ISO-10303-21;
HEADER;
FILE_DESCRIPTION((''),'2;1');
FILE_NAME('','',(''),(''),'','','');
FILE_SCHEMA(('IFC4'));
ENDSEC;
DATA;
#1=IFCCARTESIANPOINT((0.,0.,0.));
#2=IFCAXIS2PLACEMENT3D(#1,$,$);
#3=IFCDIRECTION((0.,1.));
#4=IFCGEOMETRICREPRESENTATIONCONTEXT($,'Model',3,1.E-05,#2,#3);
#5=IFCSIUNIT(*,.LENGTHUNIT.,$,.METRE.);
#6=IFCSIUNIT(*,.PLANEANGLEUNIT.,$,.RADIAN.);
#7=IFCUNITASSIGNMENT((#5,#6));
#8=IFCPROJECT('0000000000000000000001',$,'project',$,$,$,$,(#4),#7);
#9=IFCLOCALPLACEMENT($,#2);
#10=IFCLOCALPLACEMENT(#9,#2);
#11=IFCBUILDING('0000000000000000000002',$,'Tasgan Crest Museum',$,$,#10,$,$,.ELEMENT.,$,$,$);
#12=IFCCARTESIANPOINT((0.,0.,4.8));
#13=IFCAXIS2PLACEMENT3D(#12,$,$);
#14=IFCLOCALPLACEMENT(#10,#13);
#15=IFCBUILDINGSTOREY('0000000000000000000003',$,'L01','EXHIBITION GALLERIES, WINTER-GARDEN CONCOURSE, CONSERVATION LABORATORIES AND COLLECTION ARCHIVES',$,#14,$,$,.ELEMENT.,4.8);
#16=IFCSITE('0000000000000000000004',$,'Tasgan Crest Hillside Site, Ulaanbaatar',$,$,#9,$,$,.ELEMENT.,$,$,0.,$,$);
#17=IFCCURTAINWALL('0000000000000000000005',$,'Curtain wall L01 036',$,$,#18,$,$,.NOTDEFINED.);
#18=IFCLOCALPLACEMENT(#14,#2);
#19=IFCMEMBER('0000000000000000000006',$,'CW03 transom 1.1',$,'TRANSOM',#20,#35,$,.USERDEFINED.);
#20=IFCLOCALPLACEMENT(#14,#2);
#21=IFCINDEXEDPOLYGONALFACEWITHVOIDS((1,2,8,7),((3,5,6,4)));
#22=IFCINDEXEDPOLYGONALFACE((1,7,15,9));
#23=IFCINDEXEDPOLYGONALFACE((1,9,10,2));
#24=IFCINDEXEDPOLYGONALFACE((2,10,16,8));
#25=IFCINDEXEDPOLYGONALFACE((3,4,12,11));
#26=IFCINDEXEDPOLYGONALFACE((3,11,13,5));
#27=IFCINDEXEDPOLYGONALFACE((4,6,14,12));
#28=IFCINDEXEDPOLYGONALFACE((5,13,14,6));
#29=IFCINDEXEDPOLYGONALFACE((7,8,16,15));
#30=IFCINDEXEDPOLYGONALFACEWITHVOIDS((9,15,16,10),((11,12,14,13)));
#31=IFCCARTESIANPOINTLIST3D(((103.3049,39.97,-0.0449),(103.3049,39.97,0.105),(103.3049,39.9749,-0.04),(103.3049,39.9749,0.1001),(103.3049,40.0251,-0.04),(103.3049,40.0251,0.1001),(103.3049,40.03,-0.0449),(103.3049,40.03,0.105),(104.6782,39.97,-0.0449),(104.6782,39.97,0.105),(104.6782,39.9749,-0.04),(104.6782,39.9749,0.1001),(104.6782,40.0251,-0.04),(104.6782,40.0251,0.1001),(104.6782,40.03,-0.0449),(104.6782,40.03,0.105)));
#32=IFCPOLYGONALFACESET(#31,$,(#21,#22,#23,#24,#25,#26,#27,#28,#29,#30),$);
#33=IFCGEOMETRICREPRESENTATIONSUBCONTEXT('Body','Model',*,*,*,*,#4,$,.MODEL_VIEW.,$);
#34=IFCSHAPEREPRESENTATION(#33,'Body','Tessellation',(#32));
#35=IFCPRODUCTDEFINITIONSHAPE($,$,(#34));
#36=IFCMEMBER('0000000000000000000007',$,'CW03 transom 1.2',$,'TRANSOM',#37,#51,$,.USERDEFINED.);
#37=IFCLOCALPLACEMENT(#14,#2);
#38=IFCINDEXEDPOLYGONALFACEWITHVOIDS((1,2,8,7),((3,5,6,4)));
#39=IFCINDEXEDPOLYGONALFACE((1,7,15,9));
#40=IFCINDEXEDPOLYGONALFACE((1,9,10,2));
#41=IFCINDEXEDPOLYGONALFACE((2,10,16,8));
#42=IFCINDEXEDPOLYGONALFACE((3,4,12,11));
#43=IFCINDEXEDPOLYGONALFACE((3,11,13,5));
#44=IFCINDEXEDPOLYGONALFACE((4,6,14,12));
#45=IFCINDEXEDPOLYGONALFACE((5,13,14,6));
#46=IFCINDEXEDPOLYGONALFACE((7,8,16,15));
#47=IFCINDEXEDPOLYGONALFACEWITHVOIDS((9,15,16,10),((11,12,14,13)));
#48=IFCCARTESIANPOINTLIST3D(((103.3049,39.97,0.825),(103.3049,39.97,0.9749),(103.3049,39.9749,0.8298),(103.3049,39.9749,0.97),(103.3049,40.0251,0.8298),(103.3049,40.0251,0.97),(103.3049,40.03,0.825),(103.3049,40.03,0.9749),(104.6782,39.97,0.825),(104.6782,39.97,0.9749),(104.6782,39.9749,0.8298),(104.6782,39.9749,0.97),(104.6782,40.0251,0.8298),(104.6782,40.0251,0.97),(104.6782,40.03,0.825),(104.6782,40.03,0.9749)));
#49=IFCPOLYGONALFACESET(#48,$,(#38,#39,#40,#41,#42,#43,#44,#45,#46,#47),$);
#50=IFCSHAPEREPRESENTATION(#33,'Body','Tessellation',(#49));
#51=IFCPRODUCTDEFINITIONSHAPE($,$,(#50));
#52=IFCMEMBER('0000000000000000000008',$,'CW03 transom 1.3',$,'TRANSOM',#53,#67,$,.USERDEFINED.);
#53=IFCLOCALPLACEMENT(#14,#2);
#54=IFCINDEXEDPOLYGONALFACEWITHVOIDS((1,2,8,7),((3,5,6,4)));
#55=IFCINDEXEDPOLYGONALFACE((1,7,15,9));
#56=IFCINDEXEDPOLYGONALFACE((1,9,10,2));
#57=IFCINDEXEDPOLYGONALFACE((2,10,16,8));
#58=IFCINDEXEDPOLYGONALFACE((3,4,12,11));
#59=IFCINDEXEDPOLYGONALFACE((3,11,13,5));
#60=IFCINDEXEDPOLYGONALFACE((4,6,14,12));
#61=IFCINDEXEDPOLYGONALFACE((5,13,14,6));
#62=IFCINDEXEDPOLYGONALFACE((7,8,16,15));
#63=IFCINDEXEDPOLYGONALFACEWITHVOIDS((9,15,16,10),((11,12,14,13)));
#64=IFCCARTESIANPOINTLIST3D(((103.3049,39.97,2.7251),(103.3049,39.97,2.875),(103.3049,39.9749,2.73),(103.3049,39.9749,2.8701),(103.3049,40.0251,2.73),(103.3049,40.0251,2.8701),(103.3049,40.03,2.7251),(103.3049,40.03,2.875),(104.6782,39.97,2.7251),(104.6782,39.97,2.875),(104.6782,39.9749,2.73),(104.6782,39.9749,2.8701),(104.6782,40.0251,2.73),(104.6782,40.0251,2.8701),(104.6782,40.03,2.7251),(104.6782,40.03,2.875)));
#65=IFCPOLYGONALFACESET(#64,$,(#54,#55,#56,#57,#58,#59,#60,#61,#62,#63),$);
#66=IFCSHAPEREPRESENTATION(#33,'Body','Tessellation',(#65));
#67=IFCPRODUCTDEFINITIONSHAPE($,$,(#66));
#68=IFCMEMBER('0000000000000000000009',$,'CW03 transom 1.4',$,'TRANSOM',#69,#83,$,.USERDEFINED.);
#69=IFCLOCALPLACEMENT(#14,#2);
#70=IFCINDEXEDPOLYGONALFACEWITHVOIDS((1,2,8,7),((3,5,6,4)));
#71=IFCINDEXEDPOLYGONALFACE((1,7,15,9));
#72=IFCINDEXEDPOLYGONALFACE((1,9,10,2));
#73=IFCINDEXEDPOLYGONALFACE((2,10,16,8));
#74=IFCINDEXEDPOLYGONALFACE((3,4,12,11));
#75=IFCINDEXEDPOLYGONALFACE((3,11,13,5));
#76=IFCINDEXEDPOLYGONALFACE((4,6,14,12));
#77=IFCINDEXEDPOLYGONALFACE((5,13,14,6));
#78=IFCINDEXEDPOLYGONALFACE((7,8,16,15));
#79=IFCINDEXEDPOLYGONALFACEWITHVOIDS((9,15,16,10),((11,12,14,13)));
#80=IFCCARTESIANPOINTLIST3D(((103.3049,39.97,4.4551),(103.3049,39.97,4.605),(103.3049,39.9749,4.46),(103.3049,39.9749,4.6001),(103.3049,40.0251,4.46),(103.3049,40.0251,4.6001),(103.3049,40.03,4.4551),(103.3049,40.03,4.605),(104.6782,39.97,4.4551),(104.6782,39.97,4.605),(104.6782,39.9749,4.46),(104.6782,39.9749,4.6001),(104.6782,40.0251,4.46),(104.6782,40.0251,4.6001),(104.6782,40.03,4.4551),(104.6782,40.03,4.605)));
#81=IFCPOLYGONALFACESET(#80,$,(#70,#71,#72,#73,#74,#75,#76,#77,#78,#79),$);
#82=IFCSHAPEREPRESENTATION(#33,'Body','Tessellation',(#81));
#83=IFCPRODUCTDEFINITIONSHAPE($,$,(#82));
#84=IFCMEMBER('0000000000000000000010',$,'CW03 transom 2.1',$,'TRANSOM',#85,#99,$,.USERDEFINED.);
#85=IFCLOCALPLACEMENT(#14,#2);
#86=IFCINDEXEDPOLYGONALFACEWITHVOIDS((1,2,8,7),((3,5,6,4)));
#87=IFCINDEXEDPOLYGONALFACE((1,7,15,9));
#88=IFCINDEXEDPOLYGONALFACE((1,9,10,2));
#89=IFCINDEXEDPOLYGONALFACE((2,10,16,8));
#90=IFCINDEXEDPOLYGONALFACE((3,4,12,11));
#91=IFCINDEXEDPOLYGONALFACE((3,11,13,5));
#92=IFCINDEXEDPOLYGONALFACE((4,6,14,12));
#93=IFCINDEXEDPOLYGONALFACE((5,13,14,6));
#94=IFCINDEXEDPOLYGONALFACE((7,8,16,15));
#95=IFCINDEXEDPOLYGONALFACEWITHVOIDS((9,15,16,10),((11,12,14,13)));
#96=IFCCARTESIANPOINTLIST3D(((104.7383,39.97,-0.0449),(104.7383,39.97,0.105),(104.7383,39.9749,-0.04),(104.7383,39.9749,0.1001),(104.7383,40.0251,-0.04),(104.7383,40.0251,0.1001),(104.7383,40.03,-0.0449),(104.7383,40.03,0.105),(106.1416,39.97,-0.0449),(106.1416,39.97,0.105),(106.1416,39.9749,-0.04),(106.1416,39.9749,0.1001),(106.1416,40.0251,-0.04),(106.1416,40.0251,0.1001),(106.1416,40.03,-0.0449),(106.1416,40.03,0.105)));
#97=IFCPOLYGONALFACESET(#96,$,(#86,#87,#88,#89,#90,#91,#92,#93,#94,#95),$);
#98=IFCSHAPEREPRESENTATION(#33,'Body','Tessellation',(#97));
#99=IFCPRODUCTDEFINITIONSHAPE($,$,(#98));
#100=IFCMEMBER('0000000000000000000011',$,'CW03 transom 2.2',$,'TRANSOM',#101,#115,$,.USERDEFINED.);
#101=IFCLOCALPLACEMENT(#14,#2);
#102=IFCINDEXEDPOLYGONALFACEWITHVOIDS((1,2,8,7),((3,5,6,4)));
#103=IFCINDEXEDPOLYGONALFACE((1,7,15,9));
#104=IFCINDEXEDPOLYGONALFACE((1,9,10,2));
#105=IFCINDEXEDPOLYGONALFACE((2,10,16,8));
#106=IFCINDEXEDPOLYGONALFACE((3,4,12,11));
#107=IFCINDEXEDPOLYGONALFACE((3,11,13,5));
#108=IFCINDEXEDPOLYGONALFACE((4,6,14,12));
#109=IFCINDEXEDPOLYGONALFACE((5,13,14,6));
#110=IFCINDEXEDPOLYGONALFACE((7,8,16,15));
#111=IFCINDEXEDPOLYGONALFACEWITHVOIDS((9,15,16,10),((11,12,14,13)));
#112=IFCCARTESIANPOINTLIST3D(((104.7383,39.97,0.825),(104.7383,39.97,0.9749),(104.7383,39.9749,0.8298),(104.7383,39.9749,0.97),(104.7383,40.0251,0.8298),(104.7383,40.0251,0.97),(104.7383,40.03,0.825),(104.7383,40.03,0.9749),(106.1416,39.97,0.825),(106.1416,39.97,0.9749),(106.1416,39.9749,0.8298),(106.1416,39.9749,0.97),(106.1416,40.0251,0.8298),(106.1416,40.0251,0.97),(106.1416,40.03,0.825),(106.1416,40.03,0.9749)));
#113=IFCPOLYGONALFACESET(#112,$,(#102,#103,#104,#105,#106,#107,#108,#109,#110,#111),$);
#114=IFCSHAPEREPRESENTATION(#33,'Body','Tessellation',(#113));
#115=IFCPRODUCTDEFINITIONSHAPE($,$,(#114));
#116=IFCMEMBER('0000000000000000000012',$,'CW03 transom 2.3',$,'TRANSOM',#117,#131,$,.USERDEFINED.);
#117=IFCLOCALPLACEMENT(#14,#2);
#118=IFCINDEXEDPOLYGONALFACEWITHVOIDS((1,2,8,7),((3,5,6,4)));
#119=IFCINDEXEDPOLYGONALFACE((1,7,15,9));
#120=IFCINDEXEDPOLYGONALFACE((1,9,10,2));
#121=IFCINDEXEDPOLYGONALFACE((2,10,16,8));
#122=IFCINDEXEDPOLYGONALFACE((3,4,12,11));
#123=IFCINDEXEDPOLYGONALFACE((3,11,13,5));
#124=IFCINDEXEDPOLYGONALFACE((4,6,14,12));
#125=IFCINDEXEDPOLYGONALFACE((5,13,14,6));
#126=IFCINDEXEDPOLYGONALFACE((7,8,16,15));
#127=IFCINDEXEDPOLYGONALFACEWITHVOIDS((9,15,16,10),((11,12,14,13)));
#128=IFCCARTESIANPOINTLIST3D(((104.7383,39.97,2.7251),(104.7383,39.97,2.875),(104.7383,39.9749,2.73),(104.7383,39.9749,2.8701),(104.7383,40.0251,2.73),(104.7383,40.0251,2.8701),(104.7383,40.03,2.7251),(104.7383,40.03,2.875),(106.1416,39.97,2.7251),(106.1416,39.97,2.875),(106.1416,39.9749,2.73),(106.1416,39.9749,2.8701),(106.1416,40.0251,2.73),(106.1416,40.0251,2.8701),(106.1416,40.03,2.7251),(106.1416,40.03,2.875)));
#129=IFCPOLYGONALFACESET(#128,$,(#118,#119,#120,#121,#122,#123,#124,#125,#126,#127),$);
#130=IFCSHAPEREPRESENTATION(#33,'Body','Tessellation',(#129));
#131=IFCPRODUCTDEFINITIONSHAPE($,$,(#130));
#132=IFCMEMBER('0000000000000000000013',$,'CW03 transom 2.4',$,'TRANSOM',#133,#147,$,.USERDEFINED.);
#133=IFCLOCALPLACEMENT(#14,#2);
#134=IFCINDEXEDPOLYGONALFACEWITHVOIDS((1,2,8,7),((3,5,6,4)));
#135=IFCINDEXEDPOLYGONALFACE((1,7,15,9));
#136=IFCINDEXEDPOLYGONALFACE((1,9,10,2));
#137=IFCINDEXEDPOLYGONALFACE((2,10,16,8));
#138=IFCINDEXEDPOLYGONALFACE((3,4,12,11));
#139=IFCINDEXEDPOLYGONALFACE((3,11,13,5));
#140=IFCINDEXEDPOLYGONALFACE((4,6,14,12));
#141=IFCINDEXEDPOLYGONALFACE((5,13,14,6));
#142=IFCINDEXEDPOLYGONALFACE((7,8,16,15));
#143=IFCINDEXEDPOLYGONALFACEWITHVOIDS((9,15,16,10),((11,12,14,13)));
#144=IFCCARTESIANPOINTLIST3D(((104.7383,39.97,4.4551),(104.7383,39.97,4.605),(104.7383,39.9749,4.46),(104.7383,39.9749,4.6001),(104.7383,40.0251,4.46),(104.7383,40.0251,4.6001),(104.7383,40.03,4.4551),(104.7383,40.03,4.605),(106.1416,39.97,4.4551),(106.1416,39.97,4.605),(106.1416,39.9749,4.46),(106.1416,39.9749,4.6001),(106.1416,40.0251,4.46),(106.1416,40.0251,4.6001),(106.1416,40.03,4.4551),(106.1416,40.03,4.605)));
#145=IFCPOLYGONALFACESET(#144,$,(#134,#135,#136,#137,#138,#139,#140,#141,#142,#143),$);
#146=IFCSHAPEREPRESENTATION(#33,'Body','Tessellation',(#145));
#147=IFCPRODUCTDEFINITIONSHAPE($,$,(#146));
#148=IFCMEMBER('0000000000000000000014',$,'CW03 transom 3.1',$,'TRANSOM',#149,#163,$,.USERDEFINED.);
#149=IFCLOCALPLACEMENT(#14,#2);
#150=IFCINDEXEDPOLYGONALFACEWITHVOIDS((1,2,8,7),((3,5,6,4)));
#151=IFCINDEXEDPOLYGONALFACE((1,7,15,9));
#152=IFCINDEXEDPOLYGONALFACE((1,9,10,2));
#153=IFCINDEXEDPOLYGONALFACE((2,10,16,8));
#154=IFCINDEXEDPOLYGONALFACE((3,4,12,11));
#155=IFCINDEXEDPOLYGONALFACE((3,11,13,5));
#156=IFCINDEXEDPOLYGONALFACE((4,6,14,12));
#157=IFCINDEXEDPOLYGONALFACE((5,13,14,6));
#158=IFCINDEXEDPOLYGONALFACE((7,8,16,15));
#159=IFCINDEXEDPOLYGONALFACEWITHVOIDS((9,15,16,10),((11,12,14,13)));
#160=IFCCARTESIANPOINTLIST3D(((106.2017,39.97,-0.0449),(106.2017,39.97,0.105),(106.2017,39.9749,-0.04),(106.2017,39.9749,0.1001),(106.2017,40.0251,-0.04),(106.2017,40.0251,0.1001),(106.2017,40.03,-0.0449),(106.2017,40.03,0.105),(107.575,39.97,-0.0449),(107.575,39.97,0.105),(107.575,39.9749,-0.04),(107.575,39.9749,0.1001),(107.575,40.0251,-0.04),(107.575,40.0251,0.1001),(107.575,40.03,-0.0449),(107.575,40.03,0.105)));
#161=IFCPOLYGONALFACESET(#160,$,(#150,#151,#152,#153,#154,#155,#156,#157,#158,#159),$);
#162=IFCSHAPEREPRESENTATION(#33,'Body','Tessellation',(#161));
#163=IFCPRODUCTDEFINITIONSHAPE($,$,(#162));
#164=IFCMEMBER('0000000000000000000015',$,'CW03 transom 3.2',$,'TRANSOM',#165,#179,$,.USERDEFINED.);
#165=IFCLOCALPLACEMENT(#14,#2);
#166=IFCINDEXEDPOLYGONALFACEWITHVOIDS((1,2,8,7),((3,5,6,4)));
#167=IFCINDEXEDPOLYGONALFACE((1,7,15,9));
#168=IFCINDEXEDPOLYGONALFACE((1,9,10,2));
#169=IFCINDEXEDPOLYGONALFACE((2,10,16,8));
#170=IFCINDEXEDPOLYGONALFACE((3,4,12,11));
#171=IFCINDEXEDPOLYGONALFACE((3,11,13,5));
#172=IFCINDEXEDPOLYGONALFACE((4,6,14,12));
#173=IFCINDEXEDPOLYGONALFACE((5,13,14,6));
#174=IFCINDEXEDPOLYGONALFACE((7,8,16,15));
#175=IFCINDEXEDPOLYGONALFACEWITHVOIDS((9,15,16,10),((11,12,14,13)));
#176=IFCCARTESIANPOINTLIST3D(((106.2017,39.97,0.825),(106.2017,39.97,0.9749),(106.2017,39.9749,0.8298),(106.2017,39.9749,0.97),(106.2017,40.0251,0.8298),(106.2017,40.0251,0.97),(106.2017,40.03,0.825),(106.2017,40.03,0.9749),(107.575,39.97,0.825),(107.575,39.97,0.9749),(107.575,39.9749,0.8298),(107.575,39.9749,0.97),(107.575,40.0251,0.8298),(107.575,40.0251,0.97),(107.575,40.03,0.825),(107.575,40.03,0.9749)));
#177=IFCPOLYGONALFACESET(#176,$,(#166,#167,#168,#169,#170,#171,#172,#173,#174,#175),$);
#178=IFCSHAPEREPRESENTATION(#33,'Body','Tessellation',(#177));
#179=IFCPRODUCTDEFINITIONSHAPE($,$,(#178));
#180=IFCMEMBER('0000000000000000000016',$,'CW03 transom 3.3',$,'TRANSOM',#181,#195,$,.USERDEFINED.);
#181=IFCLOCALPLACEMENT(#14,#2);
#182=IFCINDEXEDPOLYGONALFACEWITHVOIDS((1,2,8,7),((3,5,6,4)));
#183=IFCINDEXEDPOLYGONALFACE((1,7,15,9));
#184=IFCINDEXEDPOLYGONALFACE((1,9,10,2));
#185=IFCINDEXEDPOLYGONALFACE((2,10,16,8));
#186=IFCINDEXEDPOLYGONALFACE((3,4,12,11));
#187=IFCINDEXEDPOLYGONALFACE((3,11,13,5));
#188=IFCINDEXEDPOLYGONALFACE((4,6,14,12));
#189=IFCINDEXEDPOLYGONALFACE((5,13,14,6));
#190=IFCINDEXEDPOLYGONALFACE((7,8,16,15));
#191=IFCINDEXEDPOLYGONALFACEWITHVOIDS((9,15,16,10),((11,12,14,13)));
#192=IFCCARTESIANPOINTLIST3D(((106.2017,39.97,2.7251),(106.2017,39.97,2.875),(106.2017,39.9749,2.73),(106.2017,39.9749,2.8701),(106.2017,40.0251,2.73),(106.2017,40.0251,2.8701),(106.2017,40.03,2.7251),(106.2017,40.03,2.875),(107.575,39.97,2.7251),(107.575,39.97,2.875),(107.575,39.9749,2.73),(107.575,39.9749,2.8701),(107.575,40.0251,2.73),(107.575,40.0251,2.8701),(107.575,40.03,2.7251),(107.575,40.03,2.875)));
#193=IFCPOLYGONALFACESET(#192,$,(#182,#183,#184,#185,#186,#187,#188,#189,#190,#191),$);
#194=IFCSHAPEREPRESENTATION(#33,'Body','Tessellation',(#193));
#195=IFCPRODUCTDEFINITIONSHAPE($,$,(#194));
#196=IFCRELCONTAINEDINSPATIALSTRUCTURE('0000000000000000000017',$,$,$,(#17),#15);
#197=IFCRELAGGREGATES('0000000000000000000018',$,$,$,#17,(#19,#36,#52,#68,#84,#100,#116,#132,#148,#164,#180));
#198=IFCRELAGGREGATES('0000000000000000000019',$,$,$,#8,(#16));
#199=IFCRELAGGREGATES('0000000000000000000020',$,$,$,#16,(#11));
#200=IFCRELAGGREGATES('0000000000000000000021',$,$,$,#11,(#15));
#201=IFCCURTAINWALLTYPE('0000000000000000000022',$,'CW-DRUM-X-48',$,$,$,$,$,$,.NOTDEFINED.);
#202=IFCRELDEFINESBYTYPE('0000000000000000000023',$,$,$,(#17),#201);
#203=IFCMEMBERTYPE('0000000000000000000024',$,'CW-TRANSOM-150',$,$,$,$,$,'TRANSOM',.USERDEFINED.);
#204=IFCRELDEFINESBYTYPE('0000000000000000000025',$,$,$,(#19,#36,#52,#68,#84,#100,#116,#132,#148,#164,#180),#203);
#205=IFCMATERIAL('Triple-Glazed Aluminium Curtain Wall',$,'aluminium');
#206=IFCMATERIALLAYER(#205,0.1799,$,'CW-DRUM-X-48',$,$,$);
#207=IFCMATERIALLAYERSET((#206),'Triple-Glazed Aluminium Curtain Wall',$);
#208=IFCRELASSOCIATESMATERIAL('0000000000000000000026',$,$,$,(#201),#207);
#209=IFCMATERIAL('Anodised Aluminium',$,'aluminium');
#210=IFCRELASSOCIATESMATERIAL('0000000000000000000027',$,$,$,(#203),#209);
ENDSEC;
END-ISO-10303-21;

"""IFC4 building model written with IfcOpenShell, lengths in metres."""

from ifc_helpers import new_model, si_unit, direction, frame, origin, origin_2d, place, context, subcontext, project, spatial, hollow_rectangle, extrude, material, layer, layer_set, material_profile, profile_set, type_object, element, aggregate, save


model = new_model("IFC4")

# Units and contexts
model_context = context("Model", 3, precision=1e-05, world=origin(), true_north=direction((0.0, 1.0)))
body_context = subcontext(model_context, "Body", "Model", "MODEL_VIEW")
ifc_project = project(units=[si_unit("LENGTHUNIT", "METRE"), si_unit("PLANEANGLEUNIT", "RADIAN")], contexts=[model_context])

# Site, building, storey
site_placement = place(None, origin())
site = spatial("IfcSite", under=ifc_project, at=site_placement, Name="Tasgan Crest Hillside Site, Ulaanbaatar", CompositionType="ELEMENT", RefElevation=0.0)
building_placement = place(site_placement, origin())
building = spatial("IfcBuilding", under=site, at=building_placement, Name="Tasgan Crest Museum", CompositionType="ELEMENT")
storey_placement = place(building_placement, frame((0.0, 0.0, 4.8)))
storey = spatial("IfcBuildingStorey", under=building, at=storey_placement, Name="L01", Description="EXHIBITION GALLERIES, WINTER-GARDEN CONCOURSE, CONSERVATION LABORATORIES AND COLLECTION ARCHIVES", CompositionType="ELEMENT", Elevation=4.8)

# Shared definitions
ifc_material_1 = material(Name="Triple-Glazed Aluminium Curtain Wall", Category="aluminium")
ifc_layer_1 = layer(ifc_material_1, 0.1799, Name="CW-DRUM-X-48")
ifc_layer_set_1 = layer_set([ifc_layer_1], Name="Triple-Glazed Aluminium Curtain Wall")
curtain_wall_type = type_object("IfcCurtainWallType", Name="CW-DRUM-X-48", PredefinedType="NOTDEFINED", material=ifc_layer_set_1)

# Curtain wall, members
curtain_wall_1_placement = place(storey_placement, origin())
curtain_wall_1 = element("IfcCurtainWall", 1, at=curtain_wall_1_placement, inside=storey, type_object=curtain_wall_type, Name="Curtain wall L01 036", PredefinedType="NOTDEFINED")
ifc_material_2 = material(Name="Anodised Aluminium", Category="aluminium")
ifc_material_profile_1 = material_profile(ifc_material_2, hollow_rectangle(XDim=0.0601, YDim=0.1499, WallThickness=0.0049, at=origin_2d()), Name="ALU TRANSOM 150x60x5")
ifc_profile_set_1 = profile_set([ifc_material_profile_1], Name="Anodised Aluminium")
member_type_1 = type_object("IfcMemberType", Name="CW-TRANSOM-150", ElementType="TRANSOM", PredefinedType="USERDEFINED", material=ifc_profile_set_1)
member_1_placement = place(storey_placement, frame((103.3049, 40.0, 0.03), z_axis=(1.0, 0.0, 0.0), x_axis=(0.0, 1.0, 0.0)))
member_1 = element("IfcMember", 2, at=member_1_placement, type_object=member_type_1, Name="CW03 transom 1.1", ObjectType="TRANSOM", PredefinedType="USERDEFINED", context=body_context, shape_type="SweptSolid", body=[
    extrude(hollow_rectangle(XDim=0.0601, YDim=0.1499, WallThickness=0.0049, at=origin_2d()), origin(), (0.0, 0.0, 1.0), 1.3733),
])
member_2_placement = place(storey_placement, frame((103.3049, 40.0, 0.8999), z_axis=(1.0, 0.0, 0.0), x_axis=(0.0, 1.0, 0.0)))
member_2 = element("IfcMember", 3, at=member_2_placement, type_object=member_type_1, Name="CW03 transom 1.2", ObjectType="TRANSOM", PredefinedType="USERDEFINED", context=body_context, shape_type="SweptSolid", body=[
    extrude(hollow_rectangle(XDim=0.0601, YDim=0.1499, WallThickness=0.0049, at=origin_2d()), origin(), (0.0, 0.0, 1.0), 1.3733),
])
member_3_placement = place(storey_placement, frame((103.3049, 40.0, 2.8), z_axis=(1.0, 0.0, 0.0), x_axis=(0.0, 1.0, 0.0)))
member_3 = element("IfcMember", 4, at=member_3_placement, type_object=member_type_1, Name="CW03 transom 1.3", ObjectType="TRANSOM", PredefinedType="USERDEFINED", context=body_context, shape_type="SweptSolid", body=[
    extrude(hollow_rectangle(XDim=0.0601, YDim=0.1499, WallThickness=0.0049, at=origin_2d()), origin(), (0.0, 0.0, 1.0), 1.3733),
])
member_4_placement = place(storey_placement, frame((103.3049, 40.0, 4.53), z_axis=(1.0, 0.0, 0.0), x_axis=(0.0, 1.0, 0.0)))
member_4 = element("IfcMember", 5, at=member_4_placement, type_object=member_type_1, Name="CW03 transom 1.4", ObjectType="TRANSOM", PredefinedType="USERDEFINED", context=body_context, shape_type="SweptSolid", body=[
    extrude(hollow_rectangle(XDim=0.0601, YDim=0.1499, WallThickness=0.0049, at=origin_2d()), origin(), (0.0, 0.0, 1.0), 1.3733),
])
member_5_placement = place(storey_placement, frame((104.7383, 40.0, 0.03), z_axis=(1.0, 0.0, 0.0), x_axis=(0.0, 1.0, 0.0)))
member_5 = element("IfcMember", 6, at=member_5_placement, type_object=member_type_1, Name="CW03 transom 2.1", ObjectType="TRANSOM", PredefinedType="USERDEFINED", context=body_context, shape_type="SweptSolid", body=[
    extrude(hollow_rectangle(XDim=0.0601, YDim=0.1499, WallThickness=0.0049, at=origin_2d()), origin(), (0.0, 0.0, 1.0), 1.4033),
])
member_6_placement = place(storey_placement, frame((104.7383, 40.0, 0.8999), z_axis=(1.0, 0.0, 0.0), x_axis=(0.0, 1.0, 0.0)))
member_6 = element("IfcMember", 7, at=member_6_placement, type_object=member_type_1, Name="CW03 transom 2.2", ObjectType="TRANSOM", PredefinedType="USERDEFINED", context=body_context, shape_type="SweptSolid", body=[
    extrude(hollow_rectangle(XDim=0.0601, YDim=0.1499, WallThickness=0.0049, at=origin_2d()), origin(), (0.0, 0.0, 1.0), 1.4033),
])
member_7_placement = place(storey_placement, frame((104.7383, 40.0, 2.8), z_axis=(1.0, 0.0, 0.0), x_axis=(0.0, 1.0, 0.0)))
member_7 = element("IfcMember", 8, at=member_7_placement, type_object=member_type_1, Name="CW03 transom 2.3", ObjectType="TRANSOM", PredefinedType="USERDEFINED", context=body_context, shape_type="SweptSolid", body=[
    extrude(hollow_rectangle(XDim=0.0601, YDim=0.1499, WallThickness=0.0049, at=origin_2d()), origin(), (0.0, 0.0, 1.0), 1.4033),
])
member_8_placement = place(storey_placement, frame((104.7383, 40.0, 4.53), z_axis=(1.0, 0.0, 0.0), x_axis=(0.0, 1.0, 0.0)))
member_8 = element("IfcMember", 9, at=member_8_placement, type_object=member_type_1, Name="CW03 transom 2.4", ObjectType="TRANSOM", PredefinedType="USERDEFINED", context=body_context, shape_type="SweptSolid", body=[
    extrude(hollow_rectangle(XDim=0.0601, YDim=0.1499, WallThickness=0.0049, at=origin_2d()), origin(), (0.0, 0.0, 1.0), 1.4033),
])
member_9_placement = place(storey_placement, frame((106.2017, 40.0, 0.03), z_axis=(1.0, 0.0, 0.0), x_axis=(0.0, 1.0, 0.0)))
member_9 = element("IfcMember", 10, at=member_9_placement, type_object=member_type_1, Name="CW03 transom 3.1", ObjectType="TRANSOM", PredefinedType="USERDEFINED", context=body_context, shape_type="SweptSolid", body=[
    extrude(hollow_rectangle(XDim=0.0601, YDim=0.1499, WallThickness=0.0049, at=origin_2d()), origin(), (0.0, 0.0, 1.0), 1.3733),
])
member_10_placement = place(storey_placement, frame((106.2017, 40.0, 0.8999), z_axis=(1.0, 0.0, 0.0), x_axis=(0.0, 1.0, 0.0)))
member_10 = element("IfcMember", 11, at=member_10_placement, type_object=member_type_1, Name="CW03 transom 3.2", ObjectType="TRANSOM", PredefinedType="USERDEFINED", context=body_context, shape_type="SweptSolid", body=[
    extrude(hollow_rectangle(XDim=0.0601, YDim=0.1499, WallThickness=0.0049, at=origin_2d()), origin(), (0.0, 0.0, 1.0), 1.3733),
])
member_11_placement = place(storey_placement, frame((106.2017, 40.0, 2.8), z_axis=(1.0, 0.0, 0.0), x_axis=(0.0, 1.0, 0.0)))
member_11 = element("IfcMember", 12, at=member_11_placement, type_object=member_type_1, Name="CW03 transom 3.3", ObjectType="TRANSOM", PredefinedType="USERDEFINED", context=body_context, shape_type="SweptSolid", body=[
    extrude(hollow_rectangle(XDim=0.0601, YDim=0.1499, WallThickness=0.0049, at=origin_2d()), origin(), (0.0, 0.0, 1.0), 1.3733),
])

aggregate(curtain_wall_1, [member_1, member_2, member_3, member_4, member_5, member_6, member_7, member_8, member_9, member_10, member_11])

save(model, "model.ifc")
